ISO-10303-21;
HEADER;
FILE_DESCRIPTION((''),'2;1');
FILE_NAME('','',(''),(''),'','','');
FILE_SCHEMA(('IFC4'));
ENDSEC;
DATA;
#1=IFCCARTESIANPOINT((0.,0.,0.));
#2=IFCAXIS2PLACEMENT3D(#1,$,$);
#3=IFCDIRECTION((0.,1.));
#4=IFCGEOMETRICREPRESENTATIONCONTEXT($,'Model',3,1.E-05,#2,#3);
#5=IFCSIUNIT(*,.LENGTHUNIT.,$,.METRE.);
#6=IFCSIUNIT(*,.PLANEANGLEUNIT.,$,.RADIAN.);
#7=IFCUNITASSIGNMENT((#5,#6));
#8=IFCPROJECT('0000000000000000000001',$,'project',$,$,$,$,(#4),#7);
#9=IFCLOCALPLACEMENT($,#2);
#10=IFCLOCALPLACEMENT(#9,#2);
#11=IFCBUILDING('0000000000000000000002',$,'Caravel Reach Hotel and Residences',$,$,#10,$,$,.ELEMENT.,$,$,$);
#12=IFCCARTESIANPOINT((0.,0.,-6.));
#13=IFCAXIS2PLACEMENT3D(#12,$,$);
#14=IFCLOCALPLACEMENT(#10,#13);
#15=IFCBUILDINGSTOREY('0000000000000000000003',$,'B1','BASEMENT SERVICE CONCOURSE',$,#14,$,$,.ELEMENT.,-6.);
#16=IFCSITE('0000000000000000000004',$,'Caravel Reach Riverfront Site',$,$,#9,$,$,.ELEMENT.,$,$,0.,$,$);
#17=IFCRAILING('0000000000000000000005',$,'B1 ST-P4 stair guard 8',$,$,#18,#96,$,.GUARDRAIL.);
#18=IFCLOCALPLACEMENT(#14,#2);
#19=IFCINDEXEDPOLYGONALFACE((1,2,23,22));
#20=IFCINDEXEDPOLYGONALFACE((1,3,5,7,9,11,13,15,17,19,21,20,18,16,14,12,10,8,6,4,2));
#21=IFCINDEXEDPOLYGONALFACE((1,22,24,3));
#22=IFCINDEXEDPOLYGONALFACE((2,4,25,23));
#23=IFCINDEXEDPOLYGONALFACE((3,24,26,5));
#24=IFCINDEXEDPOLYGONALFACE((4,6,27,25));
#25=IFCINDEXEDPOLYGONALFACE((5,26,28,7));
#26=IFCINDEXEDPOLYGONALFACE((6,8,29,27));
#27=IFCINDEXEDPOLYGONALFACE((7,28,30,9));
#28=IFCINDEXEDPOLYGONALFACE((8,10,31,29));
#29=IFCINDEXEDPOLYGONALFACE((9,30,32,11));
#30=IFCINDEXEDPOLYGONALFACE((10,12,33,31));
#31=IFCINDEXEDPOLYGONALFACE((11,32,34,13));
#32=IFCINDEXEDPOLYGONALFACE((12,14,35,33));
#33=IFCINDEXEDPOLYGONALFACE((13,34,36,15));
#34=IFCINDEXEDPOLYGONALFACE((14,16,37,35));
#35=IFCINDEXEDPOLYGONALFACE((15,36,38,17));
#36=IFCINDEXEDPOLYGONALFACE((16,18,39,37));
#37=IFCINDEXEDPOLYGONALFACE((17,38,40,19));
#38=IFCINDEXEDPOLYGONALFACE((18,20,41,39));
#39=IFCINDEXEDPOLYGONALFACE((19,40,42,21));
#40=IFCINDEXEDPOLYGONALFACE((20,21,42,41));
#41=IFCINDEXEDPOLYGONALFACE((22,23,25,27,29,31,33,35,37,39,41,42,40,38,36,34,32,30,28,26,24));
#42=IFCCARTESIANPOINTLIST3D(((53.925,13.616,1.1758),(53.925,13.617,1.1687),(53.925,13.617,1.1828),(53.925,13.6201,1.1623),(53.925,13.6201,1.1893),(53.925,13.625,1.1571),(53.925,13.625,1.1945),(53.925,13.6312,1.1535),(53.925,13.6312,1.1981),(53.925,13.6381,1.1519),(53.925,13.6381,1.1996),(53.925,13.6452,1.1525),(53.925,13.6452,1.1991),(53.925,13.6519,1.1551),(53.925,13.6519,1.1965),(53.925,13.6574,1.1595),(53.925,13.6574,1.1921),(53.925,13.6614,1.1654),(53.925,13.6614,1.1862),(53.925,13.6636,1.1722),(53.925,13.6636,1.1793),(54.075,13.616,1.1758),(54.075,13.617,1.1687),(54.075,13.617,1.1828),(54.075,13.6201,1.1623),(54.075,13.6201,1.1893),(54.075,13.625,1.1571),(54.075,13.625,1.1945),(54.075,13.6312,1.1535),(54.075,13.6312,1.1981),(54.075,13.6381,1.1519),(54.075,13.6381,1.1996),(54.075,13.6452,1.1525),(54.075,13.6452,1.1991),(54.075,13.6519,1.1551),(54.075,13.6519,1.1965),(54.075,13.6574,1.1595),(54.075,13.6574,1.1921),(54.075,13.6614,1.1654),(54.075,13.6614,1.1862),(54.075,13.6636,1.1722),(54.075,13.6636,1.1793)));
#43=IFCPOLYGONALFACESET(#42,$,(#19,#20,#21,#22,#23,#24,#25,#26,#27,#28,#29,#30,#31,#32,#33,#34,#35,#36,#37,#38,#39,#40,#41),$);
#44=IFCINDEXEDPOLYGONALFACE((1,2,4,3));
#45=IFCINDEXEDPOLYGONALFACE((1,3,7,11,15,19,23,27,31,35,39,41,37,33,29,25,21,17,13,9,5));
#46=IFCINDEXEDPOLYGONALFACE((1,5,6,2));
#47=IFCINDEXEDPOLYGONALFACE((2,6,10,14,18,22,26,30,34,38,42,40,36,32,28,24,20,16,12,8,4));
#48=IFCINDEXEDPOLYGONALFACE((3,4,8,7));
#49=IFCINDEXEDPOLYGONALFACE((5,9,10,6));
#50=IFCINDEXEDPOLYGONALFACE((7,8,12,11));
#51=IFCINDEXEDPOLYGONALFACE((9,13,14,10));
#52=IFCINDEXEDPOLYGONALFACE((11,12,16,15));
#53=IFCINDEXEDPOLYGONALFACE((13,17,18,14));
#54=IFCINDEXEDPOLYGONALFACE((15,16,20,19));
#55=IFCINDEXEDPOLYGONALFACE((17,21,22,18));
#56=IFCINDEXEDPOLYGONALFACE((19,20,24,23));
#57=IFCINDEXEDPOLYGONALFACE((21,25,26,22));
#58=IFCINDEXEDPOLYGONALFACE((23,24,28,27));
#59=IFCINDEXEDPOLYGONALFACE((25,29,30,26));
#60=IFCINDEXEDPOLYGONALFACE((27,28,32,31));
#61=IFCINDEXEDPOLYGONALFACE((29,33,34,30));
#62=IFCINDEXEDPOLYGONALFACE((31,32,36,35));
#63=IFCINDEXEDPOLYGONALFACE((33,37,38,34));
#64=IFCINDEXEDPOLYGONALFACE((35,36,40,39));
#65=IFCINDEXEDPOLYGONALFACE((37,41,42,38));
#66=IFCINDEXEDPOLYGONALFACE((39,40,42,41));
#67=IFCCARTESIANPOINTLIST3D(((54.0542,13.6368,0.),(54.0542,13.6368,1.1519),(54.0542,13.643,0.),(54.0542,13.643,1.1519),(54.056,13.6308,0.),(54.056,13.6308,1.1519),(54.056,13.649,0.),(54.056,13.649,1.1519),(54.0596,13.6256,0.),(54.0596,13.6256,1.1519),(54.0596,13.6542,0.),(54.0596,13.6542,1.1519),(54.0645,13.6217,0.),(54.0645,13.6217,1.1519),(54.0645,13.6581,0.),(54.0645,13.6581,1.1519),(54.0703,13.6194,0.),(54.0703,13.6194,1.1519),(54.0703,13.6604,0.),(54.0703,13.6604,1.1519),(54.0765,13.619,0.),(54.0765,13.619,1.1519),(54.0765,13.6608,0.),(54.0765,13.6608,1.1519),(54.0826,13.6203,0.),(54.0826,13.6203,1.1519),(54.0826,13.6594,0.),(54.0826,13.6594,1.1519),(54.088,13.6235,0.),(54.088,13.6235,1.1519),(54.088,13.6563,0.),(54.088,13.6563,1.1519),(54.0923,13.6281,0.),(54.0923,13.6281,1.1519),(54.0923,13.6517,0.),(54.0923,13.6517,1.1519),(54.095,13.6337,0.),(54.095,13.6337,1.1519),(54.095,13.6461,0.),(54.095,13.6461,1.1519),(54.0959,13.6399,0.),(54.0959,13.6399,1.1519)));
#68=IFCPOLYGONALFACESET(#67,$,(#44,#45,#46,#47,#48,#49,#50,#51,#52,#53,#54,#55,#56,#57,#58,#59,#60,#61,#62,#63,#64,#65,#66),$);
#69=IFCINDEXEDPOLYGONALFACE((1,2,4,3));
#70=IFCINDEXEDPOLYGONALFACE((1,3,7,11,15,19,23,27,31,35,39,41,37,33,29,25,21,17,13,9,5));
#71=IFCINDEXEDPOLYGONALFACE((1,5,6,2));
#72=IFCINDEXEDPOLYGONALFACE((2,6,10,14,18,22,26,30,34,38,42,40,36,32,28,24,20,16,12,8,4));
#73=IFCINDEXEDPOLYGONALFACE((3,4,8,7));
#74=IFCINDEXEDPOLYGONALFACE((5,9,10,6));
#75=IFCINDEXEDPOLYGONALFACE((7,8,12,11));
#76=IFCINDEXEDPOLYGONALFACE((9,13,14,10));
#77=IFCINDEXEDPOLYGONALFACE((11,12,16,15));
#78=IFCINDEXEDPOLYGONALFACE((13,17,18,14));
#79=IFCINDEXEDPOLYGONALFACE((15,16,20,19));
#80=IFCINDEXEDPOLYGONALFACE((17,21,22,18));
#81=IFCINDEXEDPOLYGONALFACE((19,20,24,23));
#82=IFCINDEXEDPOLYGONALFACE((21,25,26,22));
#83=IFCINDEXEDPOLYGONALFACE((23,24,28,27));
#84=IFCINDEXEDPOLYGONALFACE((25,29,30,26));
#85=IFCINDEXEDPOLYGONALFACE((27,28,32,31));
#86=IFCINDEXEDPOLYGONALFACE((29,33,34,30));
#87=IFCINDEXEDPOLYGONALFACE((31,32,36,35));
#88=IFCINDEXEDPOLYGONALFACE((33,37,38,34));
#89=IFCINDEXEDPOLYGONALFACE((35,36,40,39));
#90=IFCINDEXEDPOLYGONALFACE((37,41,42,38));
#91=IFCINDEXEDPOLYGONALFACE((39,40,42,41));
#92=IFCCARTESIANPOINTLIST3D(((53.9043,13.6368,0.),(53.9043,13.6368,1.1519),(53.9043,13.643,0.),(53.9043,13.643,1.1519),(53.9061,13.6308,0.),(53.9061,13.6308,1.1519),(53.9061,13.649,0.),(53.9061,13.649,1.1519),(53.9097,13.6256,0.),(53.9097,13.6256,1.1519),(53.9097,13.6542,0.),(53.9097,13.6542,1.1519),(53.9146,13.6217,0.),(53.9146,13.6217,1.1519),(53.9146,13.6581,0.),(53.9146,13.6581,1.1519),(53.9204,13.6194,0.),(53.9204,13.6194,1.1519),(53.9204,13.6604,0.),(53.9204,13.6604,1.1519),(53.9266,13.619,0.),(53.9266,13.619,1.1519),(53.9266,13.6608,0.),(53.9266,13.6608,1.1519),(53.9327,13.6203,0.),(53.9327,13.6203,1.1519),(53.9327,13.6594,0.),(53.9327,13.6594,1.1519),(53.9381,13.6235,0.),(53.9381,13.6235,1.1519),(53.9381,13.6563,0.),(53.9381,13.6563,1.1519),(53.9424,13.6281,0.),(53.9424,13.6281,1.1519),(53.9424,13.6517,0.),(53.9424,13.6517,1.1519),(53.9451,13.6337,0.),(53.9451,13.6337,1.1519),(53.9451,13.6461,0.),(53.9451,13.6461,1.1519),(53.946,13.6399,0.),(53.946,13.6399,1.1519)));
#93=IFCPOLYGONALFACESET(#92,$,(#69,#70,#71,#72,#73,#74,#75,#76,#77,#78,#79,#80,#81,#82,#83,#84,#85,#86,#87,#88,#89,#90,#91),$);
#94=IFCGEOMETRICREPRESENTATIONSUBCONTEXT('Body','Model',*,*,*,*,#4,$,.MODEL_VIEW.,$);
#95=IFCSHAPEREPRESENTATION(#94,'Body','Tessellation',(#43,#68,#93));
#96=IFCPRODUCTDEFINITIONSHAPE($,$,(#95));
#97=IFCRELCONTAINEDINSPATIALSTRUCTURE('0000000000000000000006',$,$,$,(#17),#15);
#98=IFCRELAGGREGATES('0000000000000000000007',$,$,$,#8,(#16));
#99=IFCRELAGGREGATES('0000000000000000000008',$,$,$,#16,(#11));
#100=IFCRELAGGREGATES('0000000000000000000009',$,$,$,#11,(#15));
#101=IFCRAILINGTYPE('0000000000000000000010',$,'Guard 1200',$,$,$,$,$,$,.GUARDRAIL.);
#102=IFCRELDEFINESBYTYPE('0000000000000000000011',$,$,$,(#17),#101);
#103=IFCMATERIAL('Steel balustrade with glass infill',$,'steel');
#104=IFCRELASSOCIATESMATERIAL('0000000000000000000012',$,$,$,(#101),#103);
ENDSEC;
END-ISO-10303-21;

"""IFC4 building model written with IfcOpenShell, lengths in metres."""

from ifc_helpers import new_model, si_unit, direction, frame, origin, origin_2d, place, context, subcontext, project, spatial, circle, extrude, material, type_object, element, save


model = new_model("IFC4")

# Units and contexts
model_context = context("Model", 3, precision=1e-05, world=origin(), true_north=direction((0.0, 1.0)))
body_context = subcontext(model_context, "Body", "Model", "MODEL_VIEW")
ifc_project = project(units=[si_unit("LENGTHUNIT", "METRE"), si_unit("PLANEANGLEUNIT", "RADIAN")], contexts=[model_context])

# Site, building, storey
site_placement = place(None, origin())
site = spatial("IfcSite", under=ifc_project, at=site_placement, Name="Caravel Reach Riverfront Site", CompositionType="ELEMENT", RefElevation=0.0)
building_placement = place(site_placement, origin())
building = spatial("IfcBuilding", under=site, at=building_placement, Name="Caravel Reach Hotel and Residences", CompositionType="ELEMENT")
storey_placement = place(building_placement, frame((0.0, 0.0, -6.0)))
storey = spatial("IfcBuildingStorey", under=building, at=storey_placement, Name="B1", Description="BASEMENT SERVICE CONCOURSE", CompositionType="ELEMENT", Elevation=-6.0)

# Railing
ifc_material_1 = material(Name="Steel balustrade with glass infill", Category="steel")
railing_type_1 = type_object("IfcRailingType", Name="Guard 1200", PredefinedType="GUARDRAIL", material=ifc_material_1)
railing_1_placement = place(storey_placement, frame((54.075, 13.6399, 0.0)))
element("IfcRailing", 1, at=railing_1_placement, inside=storey, type_object=railing_type_1, Name="B1 ST-P4 stair guard 8", PredefinedType="GUARDRAIL", context=body_context, shape_type="SweptSolid", body=[
    extrude(circle(Radius=0.0239, at=origin_2d()), frame((0.0, 0.0, 1.1758), z_axis=(-1.0, 0.0, 0.0), x_axis=(0.0, -1.0, 0.0)), (0.0, 0.0, 1.0), 0.1499),
    extrude(circle(Radius=0.021, at=origin_2d()), origin(), (0.0, 0.0, 1.0), 1.1519),
    extrude(circle(Radius=0.021, at=origin_2d()), frame((-0.1499, 0.0, 0.0)), (0.0, 0.0, 1.0), 1.1519),
])

save(model, "model.ifc")
